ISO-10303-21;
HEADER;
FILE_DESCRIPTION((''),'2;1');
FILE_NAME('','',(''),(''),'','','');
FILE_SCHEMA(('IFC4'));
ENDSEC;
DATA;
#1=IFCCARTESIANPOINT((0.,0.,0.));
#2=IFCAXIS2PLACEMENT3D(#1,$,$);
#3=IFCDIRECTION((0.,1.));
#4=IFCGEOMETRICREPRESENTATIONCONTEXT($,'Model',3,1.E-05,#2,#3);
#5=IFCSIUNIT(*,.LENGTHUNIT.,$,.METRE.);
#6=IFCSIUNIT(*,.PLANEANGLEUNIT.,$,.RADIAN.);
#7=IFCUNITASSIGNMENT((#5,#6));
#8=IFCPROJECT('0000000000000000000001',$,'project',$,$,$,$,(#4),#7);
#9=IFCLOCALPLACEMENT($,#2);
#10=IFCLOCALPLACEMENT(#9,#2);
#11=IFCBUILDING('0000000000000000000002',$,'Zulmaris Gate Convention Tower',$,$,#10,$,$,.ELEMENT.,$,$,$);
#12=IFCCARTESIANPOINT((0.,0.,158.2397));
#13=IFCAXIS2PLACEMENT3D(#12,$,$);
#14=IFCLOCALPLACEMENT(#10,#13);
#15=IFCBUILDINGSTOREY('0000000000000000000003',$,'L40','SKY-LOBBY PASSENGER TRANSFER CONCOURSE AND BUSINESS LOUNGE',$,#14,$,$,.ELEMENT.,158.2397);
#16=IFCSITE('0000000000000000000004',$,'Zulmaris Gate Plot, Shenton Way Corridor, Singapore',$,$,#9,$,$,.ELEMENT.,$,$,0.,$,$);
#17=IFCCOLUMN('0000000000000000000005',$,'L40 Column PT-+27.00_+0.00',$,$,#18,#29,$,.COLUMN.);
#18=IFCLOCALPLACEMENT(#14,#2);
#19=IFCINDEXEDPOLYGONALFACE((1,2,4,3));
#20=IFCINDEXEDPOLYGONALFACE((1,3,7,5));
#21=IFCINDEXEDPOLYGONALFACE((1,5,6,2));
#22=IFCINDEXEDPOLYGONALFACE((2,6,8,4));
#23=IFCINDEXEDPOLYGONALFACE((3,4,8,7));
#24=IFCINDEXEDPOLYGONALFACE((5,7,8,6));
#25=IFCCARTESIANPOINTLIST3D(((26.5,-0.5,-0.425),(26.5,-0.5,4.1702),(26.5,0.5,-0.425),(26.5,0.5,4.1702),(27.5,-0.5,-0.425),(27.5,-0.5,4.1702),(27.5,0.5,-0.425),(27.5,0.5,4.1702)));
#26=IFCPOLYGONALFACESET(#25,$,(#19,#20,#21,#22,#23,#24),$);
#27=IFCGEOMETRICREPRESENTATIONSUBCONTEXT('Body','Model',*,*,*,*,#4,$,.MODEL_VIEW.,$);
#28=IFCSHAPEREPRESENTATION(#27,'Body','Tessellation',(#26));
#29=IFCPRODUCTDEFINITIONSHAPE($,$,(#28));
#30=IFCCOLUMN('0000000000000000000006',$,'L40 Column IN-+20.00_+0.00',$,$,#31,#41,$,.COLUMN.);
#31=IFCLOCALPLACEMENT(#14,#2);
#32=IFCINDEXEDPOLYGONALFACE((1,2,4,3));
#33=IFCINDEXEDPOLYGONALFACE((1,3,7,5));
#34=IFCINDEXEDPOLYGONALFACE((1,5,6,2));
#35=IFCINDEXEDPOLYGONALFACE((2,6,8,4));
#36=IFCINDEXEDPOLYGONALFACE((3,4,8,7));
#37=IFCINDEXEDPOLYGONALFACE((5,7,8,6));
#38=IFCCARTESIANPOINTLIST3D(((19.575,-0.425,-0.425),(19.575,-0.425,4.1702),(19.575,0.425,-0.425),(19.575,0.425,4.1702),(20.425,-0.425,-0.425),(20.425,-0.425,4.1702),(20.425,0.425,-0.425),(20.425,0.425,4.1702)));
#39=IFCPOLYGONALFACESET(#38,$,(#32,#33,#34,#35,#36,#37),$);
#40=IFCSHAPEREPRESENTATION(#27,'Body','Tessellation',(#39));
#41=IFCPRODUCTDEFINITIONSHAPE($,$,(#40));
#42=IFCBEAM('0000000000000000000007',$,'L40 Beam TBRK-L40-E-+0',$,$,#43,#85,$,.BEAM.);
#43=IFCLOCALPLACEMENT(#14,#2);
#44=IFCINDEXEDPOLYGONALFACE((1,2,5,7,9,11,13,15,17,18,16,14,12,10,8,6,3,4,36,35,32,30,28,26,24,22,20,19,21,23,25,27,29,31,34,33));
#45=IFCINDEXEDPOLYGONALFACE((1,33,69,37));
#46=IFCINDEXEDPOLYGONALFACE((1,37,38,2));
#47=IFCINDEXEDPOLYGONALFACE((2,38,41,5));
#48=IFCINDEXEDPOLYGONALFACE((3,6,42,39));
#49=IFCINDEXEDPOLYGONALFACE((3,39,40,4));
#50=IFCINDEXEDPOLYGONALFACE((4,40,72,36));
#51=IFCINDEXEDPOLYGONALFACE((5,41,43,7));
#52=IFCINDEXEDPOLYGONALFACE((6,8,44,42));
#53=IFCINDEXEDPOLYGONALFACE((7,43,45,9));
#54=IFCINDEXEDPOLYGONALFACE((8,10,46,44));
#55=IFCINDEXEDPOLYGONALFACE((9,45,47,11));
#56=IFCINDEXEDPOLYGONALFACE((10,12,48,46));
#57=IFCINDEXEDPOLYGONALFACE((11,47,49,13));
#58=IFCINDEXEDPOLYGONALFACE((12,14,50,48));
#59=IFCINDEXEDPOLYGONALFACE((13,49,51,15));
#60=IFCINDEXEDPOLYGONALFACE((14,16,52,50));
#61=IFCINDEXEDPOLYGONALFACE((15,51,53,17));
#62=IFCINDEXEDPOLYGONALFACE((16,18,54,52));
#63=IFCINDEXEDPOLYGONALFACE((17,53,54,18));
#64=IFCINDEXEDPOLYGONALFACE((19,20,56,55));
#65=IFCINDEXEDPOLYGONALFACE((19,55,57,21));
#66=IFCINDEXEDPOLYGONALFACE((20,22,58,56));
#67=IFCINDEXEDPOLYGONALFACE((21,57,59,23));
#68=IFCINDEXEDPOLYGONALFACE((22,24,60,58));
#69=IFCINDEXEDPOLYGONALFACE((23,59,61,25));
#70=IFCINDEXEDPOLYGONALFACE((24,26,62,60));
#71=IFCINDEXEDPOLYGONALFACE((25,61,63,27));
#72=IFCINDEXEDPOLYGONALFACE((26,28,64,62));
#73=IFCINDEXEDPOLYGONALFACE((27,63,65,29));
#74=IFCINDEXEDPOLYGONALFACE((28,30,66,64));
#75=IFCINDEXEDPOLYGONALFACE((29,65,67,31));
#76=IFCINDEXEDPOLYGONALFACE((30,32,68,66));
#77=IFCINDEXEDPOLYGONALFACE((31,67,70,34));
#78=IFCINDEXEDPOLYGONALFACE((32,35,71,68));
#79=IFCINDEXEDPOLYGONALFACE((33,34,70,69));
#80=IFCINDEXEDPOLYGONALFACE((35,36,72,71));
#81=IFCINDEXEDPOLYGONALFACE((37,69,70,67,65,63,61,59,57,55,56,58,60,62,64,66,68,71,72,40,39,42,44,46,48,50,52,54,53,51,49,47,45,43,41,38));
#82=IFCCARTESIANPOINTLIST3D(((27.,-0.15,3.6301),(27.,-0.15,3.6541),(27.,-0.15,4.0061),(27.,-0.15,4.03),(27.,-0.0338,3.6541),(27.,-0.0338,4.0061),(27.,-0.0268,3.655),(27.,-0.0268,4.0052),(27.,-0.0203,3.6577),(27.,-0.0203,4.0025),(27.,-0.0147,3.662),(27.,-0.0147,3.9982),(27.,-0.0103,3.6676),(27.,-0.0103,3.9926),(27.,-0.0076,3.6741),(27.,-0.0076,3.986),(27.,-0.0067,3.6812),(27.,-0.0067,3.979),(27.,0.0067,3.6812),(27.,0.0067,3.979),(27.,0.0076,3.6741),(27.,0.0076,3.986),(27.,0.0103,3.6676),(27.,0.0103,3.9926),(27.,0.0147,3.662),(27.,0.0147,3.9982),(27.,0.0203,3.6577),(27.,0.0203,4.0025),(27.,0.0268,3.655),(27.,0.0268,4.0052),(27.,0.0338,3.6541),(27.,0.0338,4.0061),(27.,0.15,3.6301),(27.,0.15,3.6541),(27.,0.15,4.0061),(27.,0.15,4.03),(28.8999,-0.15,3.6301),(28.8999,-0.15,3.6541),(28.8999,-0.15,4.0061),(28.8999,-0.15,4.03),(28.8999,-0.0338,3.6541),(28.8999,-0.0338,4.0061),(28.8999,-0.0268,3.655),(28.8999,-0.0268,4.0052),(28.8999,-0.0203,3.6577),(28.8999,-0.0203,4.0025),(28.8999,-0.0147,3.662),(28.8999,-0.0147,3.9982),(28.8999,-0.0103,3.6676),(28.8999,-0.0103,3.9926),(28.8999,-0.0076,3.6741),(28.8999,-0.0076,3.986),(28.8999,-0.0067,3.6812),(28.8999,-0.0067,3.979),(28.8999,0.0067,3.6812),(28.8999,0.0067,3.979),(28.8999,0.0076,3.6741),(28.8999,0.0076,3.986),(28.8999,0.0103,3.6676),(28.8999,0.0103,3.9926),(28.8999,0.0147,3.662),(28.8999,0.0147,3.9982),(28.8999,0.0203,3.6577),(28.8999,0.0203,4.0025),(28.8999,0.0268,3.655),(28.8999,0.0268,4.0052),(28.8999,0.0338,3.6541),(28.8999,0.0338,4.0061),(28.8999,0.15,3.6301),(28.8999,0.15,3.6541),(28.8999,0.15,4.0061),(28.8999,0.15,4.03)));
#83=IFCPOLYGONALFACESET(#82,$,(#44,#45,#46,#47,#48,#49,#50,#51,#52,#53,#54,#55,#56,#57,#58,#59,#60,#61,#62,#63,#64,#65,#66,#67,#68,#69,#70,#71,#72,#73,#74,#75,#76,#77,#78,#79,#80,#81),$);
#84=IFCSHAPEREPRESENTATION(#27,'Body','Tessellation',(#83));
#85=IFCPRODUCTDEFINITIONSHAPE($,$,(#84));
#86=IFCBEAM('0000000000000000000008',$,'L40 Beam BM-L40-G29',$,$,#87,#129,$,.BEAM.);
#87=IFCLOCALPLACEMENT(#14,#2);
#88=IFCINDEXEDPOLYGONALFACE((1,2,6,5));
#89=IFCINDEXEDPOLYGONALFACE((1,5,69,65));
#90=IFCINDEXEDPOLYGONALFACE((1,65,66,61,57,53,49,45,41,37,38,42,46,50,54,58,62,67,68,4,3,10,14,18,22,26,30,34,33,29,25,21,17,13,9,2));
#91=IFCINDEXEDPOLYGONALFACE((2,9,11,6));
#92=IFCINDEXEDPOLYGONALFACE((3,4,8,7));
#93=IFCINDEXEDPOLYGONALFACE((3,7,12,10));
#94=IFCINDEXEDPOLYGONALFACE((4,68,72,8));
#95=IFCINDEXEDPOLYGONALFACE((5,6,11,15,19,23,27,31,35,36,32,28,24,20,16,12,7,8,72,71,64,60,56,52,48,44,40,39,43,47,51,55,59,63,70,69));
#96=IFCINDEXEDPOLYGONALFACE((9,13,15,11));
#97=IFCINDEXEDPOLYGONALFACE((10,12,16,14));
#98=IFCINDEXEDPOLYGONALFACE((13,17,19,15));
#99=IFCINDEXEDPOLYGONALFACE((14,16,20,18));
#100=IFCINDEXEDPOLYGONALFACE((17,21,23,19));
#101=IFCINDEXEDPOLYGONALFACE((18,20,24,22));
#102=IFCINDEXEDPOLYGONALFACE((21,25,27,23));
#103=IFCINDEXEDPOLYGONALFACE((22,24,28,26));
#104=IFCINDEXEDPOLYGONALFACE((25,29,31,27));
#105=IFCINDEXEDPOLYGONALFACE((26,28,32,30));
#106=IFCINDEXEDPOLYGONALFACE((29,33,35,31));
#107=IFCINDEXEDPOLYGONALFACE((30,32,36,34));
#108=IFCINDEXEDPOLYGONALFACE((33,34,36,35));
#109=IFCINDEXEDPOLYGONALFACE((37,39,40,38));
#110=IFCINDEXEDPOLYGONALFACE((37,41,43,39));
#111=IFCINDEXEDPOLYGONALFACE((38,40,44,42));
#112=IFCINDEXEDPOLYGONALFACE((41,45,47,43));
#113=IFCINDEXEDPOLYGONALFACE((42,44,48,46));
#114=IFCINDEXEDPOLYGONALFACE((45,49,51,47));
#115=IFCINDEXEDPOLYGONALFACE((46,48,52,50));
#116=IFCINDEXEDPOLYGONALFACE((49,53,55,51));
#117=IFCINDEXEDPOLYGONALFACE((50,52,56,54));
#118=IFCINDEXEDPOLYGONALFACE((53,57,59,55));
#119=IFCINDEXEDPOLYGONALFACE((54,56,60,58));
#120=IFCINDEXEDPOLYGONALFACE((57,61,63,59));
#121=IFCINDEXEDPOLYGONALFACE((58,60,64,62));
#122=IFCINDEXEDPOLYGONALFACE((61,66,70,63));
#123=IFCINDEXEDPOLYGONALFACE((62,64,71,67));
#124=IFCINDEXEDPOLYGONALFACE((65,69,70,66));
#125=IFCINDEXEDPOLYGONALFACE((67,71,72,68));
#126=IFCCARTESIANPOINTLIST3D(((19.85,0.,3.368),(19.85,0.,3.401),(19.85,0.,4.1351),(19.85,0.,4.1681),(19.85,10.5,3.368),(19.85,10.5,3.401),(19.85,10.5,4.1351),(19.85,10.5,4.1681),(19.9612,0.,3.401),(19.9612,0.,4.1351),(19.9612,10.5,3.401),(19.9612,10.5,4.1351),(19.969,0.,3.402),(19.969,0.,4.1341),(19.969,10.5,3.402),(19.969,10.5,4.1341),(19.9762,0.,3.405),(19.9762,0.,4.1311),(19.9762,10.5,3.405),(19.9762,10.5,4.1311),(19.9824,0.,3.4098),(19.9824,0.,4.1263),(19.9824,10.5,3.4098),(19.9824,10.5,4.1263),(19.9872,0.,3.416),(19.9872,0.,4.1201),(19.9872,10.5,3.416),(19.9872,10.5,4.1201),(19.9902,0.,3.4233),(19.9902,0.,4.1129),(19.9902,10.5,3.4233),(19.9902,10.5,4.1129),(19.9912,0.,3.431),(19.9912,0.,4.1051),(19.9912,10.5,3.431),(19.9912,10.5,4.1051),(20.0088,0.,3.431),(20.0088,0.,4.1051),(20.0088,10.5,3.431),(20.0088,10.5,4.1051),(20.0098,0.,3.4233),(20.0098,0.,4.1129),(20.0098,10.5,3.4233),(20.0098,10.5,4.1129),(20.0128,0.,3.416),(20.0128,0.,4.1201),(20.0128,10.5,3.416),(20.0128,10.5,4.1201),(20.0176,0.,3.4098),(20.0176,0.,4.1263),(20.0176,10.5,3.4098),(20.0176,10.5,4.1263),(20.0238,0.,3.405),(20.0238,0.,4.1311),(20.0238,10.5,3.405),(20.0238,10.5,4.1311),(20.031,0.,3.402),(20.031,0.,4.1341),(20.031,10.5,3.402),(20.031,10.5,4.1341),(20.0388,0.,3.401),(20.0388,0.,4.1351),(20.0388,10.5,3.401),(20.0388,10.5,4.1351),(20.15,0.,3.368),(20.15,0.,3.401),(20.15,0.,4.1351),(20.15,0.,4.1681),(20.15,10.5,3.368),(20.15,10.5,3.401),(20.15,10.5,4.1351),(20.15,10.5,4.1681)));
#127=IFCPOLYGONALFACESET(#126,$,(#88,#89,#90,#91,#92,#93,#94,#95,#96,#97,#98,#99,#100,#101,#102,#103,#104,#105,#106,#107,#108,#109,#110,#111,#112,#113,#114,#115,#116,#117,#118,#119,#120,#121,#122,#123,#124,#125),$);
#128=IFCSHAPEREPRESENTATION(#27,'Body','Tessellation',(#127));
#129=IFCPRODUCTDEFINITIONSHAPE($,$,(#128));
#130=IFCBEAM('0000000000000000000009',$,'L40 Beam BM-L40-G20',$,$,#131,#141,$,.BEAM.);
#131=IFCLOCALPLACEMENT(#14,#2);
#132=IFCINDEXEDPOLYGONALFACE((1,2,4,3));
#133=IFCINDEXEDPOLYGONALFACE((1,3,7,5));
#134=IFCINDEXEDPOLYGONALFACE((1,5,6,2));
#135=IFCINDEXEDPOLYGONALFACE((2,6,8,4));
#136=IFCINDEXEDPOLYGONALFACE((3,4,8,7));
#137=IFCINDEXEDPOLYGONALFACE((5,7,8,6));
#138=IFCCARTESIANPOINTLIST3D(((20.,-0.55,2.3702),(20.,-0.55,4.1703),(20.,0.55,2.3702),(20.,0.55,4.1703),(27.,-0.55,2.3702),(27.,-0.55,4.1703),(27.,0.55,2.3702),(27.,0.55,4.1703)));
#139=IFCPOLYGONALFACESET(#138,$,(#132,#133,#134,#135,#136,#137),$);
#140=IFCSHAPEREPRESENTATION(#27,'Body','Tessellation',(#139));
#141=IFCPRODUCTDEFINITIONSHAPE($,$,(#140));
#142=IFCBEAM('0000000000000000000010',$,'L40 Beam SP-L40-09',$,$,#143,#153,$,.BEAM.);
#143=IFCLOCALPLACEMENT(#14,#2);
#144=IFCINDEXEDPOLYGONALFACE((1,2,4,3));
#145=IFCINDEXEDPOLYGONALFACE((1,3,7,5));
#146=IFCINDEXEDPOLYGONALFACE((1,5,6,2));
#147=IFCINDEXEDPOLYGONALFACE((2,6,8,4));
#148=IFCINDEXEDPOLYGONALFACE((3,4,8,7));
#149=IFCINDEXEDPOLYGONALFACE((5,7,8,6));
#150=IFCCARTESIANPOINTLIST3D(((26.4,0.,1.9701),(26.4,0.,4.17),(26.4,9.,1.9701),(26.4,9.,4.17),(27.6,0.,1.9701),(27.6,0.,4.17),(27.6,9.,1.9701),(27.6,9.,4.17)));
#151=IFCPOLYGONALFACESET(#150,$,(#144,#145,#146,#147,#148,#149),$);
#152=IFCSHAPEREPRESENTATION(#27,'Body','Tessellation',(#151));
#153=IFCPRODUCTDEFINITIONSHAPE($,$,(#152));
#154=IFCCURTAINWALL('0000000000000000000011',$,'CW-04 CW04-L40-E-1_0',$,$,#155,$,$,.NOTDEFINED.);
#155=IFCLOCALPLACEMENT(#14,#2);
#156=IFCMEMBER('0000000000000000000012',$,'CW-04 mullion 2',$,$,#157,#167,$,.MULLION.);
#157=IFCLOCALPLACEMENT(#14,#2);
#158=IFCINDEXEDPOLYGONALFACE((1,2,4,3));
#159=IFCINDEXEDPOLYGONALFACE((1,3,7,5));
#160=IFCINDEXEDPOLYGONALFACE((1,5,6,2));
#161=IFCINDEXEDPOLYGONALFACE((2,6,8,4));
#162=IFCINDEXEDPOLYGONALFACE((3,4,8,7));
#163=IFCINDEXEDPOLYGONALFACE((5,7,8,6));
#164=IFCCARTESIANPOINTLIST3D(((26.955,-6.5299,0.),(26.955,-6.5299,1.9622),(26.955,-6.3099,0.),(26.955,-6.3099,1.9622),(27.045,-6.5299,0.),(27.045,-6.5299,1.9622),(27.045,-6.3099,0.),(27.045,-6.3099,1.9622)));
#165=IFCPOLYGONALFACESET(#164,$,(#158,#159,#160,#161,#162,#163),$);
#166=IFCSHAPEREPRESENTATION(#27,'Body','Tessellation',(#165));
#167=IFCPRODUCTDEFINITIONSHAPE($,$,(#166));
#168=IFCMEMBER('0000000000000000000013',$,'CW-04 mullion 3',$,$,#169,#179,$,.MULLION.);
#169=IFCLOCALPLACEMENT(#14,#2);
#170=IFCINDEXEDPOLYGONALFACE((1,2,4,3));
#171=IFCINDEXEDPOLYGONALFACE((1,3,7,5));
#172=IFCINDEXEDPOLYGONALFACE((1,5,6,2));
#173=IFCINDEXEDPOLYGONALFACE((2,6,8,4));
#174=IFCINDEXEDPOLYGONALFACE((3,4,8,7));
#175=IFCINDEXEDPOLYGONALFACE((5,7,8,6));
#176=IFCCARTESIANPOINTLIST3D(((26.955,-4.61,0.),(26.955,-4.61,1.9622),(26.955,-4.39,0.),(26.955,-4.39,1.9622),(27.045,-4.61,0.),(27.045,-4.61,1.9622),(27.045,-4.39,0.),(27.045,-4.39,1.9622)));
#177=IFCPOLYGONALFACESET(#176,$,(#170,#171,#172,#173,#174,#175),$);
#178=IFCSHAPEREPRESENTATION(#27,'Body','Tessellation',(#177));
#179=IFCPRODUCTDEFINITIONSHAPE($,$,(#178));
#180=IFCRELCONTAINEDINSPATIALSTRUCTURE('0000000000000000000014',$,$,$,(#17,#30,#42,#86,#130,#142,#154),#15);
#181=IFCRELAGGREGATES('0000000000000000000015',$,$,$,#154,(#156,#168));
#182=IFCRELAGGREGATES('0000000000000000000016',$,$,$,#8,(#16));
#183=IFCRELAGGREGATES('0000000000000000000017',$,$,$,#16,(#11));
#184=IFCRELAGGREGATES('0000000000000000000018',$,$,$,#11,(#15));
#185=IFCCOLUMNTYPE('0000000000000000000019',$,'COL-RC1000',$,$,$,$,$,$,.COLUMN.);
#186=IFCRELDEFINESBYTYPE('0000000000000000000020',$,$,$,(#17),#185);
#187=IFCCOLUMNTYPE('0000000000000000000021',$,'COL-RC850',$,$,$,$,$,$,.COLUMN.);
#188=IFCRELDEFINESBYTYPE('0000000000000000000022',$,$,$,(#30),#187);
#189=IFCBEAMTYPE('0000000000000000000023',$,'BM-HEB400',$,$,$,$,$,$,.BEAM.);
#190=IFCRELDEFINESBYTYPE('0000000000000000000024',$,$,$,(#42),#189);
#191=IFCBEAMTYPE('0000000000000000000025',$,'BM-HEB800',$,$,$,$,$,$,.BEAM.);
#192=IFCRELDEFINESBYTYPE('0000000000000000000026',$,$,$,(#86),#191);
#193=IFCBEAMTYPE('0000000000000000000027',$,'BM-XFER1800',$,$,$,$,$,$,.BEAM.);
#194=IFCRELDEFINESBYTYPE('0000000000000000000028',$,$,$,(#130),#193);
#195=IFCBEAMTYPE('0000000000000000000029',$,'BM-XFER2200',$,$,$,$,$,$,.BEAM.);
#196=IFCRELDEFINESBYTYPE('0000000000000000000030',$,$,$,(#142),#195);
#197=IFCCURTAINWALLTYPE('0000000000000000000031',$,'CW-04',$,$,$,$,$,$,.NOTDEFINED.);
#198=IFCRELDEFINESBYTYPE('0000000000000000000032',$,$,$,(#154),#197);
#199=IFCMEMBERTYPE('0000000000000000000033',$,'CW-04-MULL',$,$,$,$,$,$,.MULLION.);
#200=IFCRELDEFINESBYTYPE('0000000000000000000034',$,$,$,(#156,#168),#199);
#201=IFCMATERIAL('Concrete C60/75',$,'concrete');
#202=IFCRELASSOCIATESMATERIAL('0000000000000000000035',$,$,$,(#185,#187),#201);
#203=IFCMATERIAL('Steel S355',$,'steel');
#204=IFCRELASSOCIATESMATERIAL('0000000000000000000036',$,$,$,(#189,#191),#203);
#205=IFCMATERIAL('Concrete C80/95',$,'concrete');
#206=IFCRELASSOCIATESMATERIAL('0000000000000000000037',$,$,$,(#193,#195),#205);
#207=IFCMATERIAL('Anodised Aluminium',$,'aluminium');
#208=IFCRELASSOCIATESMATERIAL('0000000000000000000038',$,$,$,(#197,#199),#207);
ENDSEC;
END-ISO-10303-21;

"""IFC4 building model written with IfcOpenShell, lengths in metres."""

from ifc_helpers import new_model, si_unit, direction, frame, origin, origin_2d, place, context, subcontext, project, spatial, rectangle, i_section, extrude, material, material_profile, profile_set, type_object, element, aggregate, save


model = new_model("IFC4")

# Units and contexts
model_context = context("Model", 3, precision=1e-05, world=origin(), true_north=direction((0.0, 1.0)))
body_context = subcontext(model_context, "Body", "Model", "MODEL_VIEW")
ifc_project = project(units=[si_unit("LENGTHUNIT", "METRE"), si_unit("PLANEANGLEUNIT", "RADIAN")], contexts=[model_context])

# Site, building, storey
site_placement = place(None, origin())
site = spatial("IfcSite", under=ifc_project, at=site_placement, Name="Zulmaris Gate Plot, Shenton Way Corridor, Singapore", CompositionType="ELEMENT", RefElevation=0.0)
building_placement = place(site_placement, origin())
building = spatial("IfcBuilding", under=site, at=building_placement, Name="Zulmaris Gate Convention Tower", CompositionType="ELEMENT")
storey_placement = place(building_placement, frame((0.0, 0.0, 158.2397)))
storey = spatial("IfcBuildingStorey", under=building, at=storey_placement, Name="L40", Description="SKY-LOBBY PASSENGER TRANSFER CONCOURSE AND BUSINESS LOUNGE", CompositionType="ELEMENT", Elevation=158.2397)

# Columns
ifc_material_1 = material(Name="Concrete C60/75", Category="concrete")
ifc_material_profile_1 = material_profile(ifc_material_1, rectangle(XDim=1.0, YDim=1.0, at=origin_2d()), Name="RC COL 1000x1000")
ifc_profile_set_1 = profile_set([ifc_material_profile_1], Name="Concrete C60/75")
column_type_1 = type_object("IfcColumnType", Name="COL-RC1000", PredefinedType="COLUMN", material=ifc_profile_set_1)
column_1_placement = place(storey_placement, frame((27.0, 0.0, -0.425), z_axis=(0.0, 0.0, 1.0), x_axis=(1.0, 0.0, 0.0)))
element("IfcColumn", 1, at=column_1_placement, inside=storey, type_object=column_type_1, Name="L40 Column PT-+27.00_+0.00", PredefinedType="COLUMN", context=body_context, shape_type="SweptSolid", body=[
    extrude(rectangle(XDim=1.0, YDim=1.0, at=origin_2d()), origin(), (0.0, 0.0, 1.0), 4.5952),
])
ifc_material_profile_2 = material_profile(ifc_material_1, rectangle(XDim=0.8501, YDim=0.8501, at=origin_2d()), Name="RC COL 850x850")
ifc_profile_set_2 = profile_set([ifc_material_profile_2], Name="Concrete C60/75")
column_type_2 = type_object("IfcColumnType", Name="COL-RC850", PredefinedType="COLUMN", material=ifc_profile_set_2)
column_2_placement = place(storey_placement, frame((20.0, 0.0, -0.425), z_axis=(0.0, 0.0, 1.0), x_axis=(1.0, 0.0, 0.0)))
element("IfcColumn", 2, at=column_2_placement, inside=storey, type_object=column_type_2, Name="L40 Column IN-+20.00_+0.00", PredefinedType="COLUMN", context=body_context, shape_type="SweptSolid", body=[
    extrude(rectangle(XDim=0.8501, YDim=0.8501, at=origin_2d()), origin(), (0.0, 0.0, 1.0), 4.5952),
])

# Beams
ifc_material_2 = material(Name="Steel S355", Category="steel")
ifc_material_profile_3 = material_profile(ifc_material_2, i_section(OverallWidth=0.3, OverallDepth=0.3999, WebThickness=0.0134, FlangeThickness=0.0239, FilletRadius=0.0271, at=origin_2d()), Name="HEB 400")
ifc_profile_set_3 = profile_set([ifc_material_profile_3], Name="Steel S355")
beam_type_1 = type_object("IfcBeamType", Name="BM-HEB400", PredefinedType="BEAM", material=ifc_profile_set_3)
beam_1_placement = place(storey_placement, frame((27.0, 0.0, 3.8301), z_axis=(1.0, 0.0, 0.0), x_axis=(0.0, 1.0, 0.0)))
element("IfcBeam", 3, at=beam_1_placement, inside=storey, type_object=beam_type_1, Name="L40 Beam TBRK-L40-E-+0", PredefinedType="BEAM", context=body_context, shape_type="SweptSolid", body=[
    extrude(i_section(OverallWidth=0.3, OverallDepth=0.3999, WebThickness=0.0134, FlangeThickness=0.0239, FilletRadius=0.0271, at=origin_2d()), origin(), (0.0, 0.0, 1.0), 1.8999),
])
ifc_material_profile_4 = material_profile(ifc_material_2, i_section(OverallWidth=0.3, OverallDepth=0.8, WebThickness=0.0176, FlangeThickness=0.033, FilletRadius=0.03, at=origin_2d()), Name="HEB 800")
ifc_profile_set_4 = profile_set([ifc_material_profile_4], Name="Steel S355")
beam_type_2 = type_object("IfcBeamType", Name="BM-HEB800", PredefinedType="BEAM", material=ifc_profile_set_4)
beam_2_placement = place(storey_placement, frame((20.0, 0.0, 3.7681), z_axis=(0.0, 1.0, 0.0), x_axis=(-1.0, 0.0, 0.0)))
element("IfcBeam", 4, at=beam_2_placement, inside=storey, type_object=beam_type_2, Name="L40 Beam BM-L40-G29", PredefinedType="BEAM", context=body_context, shape_type="SweptSolid", body=[
    extrude(i_section(OverallWidth=0.3, OverallDepth=0.8, WebThickness=0.0176, FlangeThickness=0.033, FilletRadius=0.03, at=origin_2d()), origin(), (0.0, 0.0, 1.0), 10.5),
])
ifc_material_3 = material(Name="Concrete C80/95", Category="concrete")
ifc_material_profile_5 = material_profile(ifc_material_3, rectangle(XDim=1.1001, YDim=1.8, at=origin_2d()), Name="RC TRANSFER 1100x1800")
ifc_profile_set_5 = profile_set([ifc_material_profile_5], Name="Concrete C80/95")
beam_type_3 = type_object("IfcBeamType", Name="BM-XFER1800", PredefinedType="BEAM", material=ifc_profile_set_5)
beam_3_placement = place(storey_placement, frame((20.0, 0.0, 3.2703), z_axis=(1.0, 0.0, 0.0), x_axis=(0.0, 1.0, 0.0)))
element("IfcBeam", 5, at=beam_3_placement, inside=storey, type_object=beam_type_3, Name="L40 Beam BM-L40-G20", PredefinedType="BEAM", context=body_context, shape_type="SweptSolid", body=[
    extrude(rectangle(XDim=1.1001, YDim=1.8, at=origin_2d()), origin(), (0.0, 0.0, 1.0), 7.0),
])
ifc_material_profile_6 = material_profile(ifc_material_3, rectangle(XDim=1.2, YDim=2.2, at=origin_2d()), Name="RC TRANSFER 1200x2200")
ifc_profile_set_6 = profile_set([ifc_material_profile_6], Name="Concrete C80/95")
beam_type_4 = type_object("IfcBeamType", Name="BM-XFER2200", PredefinedType="BEAM", material=ifc_profile_set_6)
beam_4_placement = place(storey_placement, frame((27.0, 0.0, 3.0701), z_axis=(0.0, 1.0, 0.0), x_axis=(-1.0, 0.0, 0.0)))
element("IfcBeam", 6, at=beam_4_placement, inside=storey, type_object=beam_type_4, Name="L40 Beam SP-L40-09", PredefinedType="BEAM", context=body_context, shape_type="SweptSolid", body=[
    extrude(rectangle(XDim=1.2, YDim=2.2, at=origin_2d()), origin(), (0.0, 0.0, 1.0), 9.0),
])

# Curtain wall, members
ifc_material_4 = material(Name="Anodised Aluminium", Category="aluminium")
curtain_wall_type = type_object("IfcCurtainWallType", Name="CW-04", PredefinedType="NOTDEFINED", material=ifc_material_4)
curtain_wall_placement = place(storey_placement, origin())
curtain_wall = element("IfcCurtainWall", 7, at=curtain_wall_placement, inside=storey, type_object=curtain_wall_type, Name="CW-04 CW04-L40-E-1_0", PredefinedType="NOTDEFINED")
ifc_material_profile_7 = material_profile(ifc_material_4, rectangle(XDim=0.0901, YDim=0.22, at=origin_2d()), Name="ALU MULLION 90x220")
ifc_profile_set_7 = profile_set([ifc_material_profile_7], Name="Anodised Aluminium")
member_type_1 = type_object("IfcMemberType", Name="CW-04-MULL", PredefinedType="MULLION", material=ifc_profile_set_7)
member_1_placement = place(storey_placement, frame((27.0, -6.4199, 0.0), z_axis=(0.0, 0.0, 1.0), x_axis=(-1.0, 0.0, 0.0)))
member_1 = element("IfcMember", 8, at=member_1_placement, type_object=member_type_1, Name="CW-04 mullion 2", PredefinedType="MULLION", context=body_context, shape_type="SweptSolid", body=[
    extrude(rectangle(XDim=0.0901, YDim=0.22, at=origin_2d()), origin(), (0.0, 0.0, 1.0), 1.9622),
])
member_2_placement = place(storey_placement, frame((27.0, -4.5, 0.0), z_axis=(0.0, 0.0, 1.0), x_axis=(-1.0, 0.0, 0.0)))
member_2 = element("IfcMember", 9, at=member_2_placement, type_object=member_type_1, Name="CW-04 mullion 3", PredefinedType="MULLION", context=body_context, shape_type="SweptSolid", body=[
    extrude(rectangle(XDim=0.0901, YDim=0.22, at=origin_2d()), origin(), (0.0, 0.0, 1.0), 1.9622),
])
aggregate(curtain_wall, [member_1, member_2])

save(model, "model.ifc")
